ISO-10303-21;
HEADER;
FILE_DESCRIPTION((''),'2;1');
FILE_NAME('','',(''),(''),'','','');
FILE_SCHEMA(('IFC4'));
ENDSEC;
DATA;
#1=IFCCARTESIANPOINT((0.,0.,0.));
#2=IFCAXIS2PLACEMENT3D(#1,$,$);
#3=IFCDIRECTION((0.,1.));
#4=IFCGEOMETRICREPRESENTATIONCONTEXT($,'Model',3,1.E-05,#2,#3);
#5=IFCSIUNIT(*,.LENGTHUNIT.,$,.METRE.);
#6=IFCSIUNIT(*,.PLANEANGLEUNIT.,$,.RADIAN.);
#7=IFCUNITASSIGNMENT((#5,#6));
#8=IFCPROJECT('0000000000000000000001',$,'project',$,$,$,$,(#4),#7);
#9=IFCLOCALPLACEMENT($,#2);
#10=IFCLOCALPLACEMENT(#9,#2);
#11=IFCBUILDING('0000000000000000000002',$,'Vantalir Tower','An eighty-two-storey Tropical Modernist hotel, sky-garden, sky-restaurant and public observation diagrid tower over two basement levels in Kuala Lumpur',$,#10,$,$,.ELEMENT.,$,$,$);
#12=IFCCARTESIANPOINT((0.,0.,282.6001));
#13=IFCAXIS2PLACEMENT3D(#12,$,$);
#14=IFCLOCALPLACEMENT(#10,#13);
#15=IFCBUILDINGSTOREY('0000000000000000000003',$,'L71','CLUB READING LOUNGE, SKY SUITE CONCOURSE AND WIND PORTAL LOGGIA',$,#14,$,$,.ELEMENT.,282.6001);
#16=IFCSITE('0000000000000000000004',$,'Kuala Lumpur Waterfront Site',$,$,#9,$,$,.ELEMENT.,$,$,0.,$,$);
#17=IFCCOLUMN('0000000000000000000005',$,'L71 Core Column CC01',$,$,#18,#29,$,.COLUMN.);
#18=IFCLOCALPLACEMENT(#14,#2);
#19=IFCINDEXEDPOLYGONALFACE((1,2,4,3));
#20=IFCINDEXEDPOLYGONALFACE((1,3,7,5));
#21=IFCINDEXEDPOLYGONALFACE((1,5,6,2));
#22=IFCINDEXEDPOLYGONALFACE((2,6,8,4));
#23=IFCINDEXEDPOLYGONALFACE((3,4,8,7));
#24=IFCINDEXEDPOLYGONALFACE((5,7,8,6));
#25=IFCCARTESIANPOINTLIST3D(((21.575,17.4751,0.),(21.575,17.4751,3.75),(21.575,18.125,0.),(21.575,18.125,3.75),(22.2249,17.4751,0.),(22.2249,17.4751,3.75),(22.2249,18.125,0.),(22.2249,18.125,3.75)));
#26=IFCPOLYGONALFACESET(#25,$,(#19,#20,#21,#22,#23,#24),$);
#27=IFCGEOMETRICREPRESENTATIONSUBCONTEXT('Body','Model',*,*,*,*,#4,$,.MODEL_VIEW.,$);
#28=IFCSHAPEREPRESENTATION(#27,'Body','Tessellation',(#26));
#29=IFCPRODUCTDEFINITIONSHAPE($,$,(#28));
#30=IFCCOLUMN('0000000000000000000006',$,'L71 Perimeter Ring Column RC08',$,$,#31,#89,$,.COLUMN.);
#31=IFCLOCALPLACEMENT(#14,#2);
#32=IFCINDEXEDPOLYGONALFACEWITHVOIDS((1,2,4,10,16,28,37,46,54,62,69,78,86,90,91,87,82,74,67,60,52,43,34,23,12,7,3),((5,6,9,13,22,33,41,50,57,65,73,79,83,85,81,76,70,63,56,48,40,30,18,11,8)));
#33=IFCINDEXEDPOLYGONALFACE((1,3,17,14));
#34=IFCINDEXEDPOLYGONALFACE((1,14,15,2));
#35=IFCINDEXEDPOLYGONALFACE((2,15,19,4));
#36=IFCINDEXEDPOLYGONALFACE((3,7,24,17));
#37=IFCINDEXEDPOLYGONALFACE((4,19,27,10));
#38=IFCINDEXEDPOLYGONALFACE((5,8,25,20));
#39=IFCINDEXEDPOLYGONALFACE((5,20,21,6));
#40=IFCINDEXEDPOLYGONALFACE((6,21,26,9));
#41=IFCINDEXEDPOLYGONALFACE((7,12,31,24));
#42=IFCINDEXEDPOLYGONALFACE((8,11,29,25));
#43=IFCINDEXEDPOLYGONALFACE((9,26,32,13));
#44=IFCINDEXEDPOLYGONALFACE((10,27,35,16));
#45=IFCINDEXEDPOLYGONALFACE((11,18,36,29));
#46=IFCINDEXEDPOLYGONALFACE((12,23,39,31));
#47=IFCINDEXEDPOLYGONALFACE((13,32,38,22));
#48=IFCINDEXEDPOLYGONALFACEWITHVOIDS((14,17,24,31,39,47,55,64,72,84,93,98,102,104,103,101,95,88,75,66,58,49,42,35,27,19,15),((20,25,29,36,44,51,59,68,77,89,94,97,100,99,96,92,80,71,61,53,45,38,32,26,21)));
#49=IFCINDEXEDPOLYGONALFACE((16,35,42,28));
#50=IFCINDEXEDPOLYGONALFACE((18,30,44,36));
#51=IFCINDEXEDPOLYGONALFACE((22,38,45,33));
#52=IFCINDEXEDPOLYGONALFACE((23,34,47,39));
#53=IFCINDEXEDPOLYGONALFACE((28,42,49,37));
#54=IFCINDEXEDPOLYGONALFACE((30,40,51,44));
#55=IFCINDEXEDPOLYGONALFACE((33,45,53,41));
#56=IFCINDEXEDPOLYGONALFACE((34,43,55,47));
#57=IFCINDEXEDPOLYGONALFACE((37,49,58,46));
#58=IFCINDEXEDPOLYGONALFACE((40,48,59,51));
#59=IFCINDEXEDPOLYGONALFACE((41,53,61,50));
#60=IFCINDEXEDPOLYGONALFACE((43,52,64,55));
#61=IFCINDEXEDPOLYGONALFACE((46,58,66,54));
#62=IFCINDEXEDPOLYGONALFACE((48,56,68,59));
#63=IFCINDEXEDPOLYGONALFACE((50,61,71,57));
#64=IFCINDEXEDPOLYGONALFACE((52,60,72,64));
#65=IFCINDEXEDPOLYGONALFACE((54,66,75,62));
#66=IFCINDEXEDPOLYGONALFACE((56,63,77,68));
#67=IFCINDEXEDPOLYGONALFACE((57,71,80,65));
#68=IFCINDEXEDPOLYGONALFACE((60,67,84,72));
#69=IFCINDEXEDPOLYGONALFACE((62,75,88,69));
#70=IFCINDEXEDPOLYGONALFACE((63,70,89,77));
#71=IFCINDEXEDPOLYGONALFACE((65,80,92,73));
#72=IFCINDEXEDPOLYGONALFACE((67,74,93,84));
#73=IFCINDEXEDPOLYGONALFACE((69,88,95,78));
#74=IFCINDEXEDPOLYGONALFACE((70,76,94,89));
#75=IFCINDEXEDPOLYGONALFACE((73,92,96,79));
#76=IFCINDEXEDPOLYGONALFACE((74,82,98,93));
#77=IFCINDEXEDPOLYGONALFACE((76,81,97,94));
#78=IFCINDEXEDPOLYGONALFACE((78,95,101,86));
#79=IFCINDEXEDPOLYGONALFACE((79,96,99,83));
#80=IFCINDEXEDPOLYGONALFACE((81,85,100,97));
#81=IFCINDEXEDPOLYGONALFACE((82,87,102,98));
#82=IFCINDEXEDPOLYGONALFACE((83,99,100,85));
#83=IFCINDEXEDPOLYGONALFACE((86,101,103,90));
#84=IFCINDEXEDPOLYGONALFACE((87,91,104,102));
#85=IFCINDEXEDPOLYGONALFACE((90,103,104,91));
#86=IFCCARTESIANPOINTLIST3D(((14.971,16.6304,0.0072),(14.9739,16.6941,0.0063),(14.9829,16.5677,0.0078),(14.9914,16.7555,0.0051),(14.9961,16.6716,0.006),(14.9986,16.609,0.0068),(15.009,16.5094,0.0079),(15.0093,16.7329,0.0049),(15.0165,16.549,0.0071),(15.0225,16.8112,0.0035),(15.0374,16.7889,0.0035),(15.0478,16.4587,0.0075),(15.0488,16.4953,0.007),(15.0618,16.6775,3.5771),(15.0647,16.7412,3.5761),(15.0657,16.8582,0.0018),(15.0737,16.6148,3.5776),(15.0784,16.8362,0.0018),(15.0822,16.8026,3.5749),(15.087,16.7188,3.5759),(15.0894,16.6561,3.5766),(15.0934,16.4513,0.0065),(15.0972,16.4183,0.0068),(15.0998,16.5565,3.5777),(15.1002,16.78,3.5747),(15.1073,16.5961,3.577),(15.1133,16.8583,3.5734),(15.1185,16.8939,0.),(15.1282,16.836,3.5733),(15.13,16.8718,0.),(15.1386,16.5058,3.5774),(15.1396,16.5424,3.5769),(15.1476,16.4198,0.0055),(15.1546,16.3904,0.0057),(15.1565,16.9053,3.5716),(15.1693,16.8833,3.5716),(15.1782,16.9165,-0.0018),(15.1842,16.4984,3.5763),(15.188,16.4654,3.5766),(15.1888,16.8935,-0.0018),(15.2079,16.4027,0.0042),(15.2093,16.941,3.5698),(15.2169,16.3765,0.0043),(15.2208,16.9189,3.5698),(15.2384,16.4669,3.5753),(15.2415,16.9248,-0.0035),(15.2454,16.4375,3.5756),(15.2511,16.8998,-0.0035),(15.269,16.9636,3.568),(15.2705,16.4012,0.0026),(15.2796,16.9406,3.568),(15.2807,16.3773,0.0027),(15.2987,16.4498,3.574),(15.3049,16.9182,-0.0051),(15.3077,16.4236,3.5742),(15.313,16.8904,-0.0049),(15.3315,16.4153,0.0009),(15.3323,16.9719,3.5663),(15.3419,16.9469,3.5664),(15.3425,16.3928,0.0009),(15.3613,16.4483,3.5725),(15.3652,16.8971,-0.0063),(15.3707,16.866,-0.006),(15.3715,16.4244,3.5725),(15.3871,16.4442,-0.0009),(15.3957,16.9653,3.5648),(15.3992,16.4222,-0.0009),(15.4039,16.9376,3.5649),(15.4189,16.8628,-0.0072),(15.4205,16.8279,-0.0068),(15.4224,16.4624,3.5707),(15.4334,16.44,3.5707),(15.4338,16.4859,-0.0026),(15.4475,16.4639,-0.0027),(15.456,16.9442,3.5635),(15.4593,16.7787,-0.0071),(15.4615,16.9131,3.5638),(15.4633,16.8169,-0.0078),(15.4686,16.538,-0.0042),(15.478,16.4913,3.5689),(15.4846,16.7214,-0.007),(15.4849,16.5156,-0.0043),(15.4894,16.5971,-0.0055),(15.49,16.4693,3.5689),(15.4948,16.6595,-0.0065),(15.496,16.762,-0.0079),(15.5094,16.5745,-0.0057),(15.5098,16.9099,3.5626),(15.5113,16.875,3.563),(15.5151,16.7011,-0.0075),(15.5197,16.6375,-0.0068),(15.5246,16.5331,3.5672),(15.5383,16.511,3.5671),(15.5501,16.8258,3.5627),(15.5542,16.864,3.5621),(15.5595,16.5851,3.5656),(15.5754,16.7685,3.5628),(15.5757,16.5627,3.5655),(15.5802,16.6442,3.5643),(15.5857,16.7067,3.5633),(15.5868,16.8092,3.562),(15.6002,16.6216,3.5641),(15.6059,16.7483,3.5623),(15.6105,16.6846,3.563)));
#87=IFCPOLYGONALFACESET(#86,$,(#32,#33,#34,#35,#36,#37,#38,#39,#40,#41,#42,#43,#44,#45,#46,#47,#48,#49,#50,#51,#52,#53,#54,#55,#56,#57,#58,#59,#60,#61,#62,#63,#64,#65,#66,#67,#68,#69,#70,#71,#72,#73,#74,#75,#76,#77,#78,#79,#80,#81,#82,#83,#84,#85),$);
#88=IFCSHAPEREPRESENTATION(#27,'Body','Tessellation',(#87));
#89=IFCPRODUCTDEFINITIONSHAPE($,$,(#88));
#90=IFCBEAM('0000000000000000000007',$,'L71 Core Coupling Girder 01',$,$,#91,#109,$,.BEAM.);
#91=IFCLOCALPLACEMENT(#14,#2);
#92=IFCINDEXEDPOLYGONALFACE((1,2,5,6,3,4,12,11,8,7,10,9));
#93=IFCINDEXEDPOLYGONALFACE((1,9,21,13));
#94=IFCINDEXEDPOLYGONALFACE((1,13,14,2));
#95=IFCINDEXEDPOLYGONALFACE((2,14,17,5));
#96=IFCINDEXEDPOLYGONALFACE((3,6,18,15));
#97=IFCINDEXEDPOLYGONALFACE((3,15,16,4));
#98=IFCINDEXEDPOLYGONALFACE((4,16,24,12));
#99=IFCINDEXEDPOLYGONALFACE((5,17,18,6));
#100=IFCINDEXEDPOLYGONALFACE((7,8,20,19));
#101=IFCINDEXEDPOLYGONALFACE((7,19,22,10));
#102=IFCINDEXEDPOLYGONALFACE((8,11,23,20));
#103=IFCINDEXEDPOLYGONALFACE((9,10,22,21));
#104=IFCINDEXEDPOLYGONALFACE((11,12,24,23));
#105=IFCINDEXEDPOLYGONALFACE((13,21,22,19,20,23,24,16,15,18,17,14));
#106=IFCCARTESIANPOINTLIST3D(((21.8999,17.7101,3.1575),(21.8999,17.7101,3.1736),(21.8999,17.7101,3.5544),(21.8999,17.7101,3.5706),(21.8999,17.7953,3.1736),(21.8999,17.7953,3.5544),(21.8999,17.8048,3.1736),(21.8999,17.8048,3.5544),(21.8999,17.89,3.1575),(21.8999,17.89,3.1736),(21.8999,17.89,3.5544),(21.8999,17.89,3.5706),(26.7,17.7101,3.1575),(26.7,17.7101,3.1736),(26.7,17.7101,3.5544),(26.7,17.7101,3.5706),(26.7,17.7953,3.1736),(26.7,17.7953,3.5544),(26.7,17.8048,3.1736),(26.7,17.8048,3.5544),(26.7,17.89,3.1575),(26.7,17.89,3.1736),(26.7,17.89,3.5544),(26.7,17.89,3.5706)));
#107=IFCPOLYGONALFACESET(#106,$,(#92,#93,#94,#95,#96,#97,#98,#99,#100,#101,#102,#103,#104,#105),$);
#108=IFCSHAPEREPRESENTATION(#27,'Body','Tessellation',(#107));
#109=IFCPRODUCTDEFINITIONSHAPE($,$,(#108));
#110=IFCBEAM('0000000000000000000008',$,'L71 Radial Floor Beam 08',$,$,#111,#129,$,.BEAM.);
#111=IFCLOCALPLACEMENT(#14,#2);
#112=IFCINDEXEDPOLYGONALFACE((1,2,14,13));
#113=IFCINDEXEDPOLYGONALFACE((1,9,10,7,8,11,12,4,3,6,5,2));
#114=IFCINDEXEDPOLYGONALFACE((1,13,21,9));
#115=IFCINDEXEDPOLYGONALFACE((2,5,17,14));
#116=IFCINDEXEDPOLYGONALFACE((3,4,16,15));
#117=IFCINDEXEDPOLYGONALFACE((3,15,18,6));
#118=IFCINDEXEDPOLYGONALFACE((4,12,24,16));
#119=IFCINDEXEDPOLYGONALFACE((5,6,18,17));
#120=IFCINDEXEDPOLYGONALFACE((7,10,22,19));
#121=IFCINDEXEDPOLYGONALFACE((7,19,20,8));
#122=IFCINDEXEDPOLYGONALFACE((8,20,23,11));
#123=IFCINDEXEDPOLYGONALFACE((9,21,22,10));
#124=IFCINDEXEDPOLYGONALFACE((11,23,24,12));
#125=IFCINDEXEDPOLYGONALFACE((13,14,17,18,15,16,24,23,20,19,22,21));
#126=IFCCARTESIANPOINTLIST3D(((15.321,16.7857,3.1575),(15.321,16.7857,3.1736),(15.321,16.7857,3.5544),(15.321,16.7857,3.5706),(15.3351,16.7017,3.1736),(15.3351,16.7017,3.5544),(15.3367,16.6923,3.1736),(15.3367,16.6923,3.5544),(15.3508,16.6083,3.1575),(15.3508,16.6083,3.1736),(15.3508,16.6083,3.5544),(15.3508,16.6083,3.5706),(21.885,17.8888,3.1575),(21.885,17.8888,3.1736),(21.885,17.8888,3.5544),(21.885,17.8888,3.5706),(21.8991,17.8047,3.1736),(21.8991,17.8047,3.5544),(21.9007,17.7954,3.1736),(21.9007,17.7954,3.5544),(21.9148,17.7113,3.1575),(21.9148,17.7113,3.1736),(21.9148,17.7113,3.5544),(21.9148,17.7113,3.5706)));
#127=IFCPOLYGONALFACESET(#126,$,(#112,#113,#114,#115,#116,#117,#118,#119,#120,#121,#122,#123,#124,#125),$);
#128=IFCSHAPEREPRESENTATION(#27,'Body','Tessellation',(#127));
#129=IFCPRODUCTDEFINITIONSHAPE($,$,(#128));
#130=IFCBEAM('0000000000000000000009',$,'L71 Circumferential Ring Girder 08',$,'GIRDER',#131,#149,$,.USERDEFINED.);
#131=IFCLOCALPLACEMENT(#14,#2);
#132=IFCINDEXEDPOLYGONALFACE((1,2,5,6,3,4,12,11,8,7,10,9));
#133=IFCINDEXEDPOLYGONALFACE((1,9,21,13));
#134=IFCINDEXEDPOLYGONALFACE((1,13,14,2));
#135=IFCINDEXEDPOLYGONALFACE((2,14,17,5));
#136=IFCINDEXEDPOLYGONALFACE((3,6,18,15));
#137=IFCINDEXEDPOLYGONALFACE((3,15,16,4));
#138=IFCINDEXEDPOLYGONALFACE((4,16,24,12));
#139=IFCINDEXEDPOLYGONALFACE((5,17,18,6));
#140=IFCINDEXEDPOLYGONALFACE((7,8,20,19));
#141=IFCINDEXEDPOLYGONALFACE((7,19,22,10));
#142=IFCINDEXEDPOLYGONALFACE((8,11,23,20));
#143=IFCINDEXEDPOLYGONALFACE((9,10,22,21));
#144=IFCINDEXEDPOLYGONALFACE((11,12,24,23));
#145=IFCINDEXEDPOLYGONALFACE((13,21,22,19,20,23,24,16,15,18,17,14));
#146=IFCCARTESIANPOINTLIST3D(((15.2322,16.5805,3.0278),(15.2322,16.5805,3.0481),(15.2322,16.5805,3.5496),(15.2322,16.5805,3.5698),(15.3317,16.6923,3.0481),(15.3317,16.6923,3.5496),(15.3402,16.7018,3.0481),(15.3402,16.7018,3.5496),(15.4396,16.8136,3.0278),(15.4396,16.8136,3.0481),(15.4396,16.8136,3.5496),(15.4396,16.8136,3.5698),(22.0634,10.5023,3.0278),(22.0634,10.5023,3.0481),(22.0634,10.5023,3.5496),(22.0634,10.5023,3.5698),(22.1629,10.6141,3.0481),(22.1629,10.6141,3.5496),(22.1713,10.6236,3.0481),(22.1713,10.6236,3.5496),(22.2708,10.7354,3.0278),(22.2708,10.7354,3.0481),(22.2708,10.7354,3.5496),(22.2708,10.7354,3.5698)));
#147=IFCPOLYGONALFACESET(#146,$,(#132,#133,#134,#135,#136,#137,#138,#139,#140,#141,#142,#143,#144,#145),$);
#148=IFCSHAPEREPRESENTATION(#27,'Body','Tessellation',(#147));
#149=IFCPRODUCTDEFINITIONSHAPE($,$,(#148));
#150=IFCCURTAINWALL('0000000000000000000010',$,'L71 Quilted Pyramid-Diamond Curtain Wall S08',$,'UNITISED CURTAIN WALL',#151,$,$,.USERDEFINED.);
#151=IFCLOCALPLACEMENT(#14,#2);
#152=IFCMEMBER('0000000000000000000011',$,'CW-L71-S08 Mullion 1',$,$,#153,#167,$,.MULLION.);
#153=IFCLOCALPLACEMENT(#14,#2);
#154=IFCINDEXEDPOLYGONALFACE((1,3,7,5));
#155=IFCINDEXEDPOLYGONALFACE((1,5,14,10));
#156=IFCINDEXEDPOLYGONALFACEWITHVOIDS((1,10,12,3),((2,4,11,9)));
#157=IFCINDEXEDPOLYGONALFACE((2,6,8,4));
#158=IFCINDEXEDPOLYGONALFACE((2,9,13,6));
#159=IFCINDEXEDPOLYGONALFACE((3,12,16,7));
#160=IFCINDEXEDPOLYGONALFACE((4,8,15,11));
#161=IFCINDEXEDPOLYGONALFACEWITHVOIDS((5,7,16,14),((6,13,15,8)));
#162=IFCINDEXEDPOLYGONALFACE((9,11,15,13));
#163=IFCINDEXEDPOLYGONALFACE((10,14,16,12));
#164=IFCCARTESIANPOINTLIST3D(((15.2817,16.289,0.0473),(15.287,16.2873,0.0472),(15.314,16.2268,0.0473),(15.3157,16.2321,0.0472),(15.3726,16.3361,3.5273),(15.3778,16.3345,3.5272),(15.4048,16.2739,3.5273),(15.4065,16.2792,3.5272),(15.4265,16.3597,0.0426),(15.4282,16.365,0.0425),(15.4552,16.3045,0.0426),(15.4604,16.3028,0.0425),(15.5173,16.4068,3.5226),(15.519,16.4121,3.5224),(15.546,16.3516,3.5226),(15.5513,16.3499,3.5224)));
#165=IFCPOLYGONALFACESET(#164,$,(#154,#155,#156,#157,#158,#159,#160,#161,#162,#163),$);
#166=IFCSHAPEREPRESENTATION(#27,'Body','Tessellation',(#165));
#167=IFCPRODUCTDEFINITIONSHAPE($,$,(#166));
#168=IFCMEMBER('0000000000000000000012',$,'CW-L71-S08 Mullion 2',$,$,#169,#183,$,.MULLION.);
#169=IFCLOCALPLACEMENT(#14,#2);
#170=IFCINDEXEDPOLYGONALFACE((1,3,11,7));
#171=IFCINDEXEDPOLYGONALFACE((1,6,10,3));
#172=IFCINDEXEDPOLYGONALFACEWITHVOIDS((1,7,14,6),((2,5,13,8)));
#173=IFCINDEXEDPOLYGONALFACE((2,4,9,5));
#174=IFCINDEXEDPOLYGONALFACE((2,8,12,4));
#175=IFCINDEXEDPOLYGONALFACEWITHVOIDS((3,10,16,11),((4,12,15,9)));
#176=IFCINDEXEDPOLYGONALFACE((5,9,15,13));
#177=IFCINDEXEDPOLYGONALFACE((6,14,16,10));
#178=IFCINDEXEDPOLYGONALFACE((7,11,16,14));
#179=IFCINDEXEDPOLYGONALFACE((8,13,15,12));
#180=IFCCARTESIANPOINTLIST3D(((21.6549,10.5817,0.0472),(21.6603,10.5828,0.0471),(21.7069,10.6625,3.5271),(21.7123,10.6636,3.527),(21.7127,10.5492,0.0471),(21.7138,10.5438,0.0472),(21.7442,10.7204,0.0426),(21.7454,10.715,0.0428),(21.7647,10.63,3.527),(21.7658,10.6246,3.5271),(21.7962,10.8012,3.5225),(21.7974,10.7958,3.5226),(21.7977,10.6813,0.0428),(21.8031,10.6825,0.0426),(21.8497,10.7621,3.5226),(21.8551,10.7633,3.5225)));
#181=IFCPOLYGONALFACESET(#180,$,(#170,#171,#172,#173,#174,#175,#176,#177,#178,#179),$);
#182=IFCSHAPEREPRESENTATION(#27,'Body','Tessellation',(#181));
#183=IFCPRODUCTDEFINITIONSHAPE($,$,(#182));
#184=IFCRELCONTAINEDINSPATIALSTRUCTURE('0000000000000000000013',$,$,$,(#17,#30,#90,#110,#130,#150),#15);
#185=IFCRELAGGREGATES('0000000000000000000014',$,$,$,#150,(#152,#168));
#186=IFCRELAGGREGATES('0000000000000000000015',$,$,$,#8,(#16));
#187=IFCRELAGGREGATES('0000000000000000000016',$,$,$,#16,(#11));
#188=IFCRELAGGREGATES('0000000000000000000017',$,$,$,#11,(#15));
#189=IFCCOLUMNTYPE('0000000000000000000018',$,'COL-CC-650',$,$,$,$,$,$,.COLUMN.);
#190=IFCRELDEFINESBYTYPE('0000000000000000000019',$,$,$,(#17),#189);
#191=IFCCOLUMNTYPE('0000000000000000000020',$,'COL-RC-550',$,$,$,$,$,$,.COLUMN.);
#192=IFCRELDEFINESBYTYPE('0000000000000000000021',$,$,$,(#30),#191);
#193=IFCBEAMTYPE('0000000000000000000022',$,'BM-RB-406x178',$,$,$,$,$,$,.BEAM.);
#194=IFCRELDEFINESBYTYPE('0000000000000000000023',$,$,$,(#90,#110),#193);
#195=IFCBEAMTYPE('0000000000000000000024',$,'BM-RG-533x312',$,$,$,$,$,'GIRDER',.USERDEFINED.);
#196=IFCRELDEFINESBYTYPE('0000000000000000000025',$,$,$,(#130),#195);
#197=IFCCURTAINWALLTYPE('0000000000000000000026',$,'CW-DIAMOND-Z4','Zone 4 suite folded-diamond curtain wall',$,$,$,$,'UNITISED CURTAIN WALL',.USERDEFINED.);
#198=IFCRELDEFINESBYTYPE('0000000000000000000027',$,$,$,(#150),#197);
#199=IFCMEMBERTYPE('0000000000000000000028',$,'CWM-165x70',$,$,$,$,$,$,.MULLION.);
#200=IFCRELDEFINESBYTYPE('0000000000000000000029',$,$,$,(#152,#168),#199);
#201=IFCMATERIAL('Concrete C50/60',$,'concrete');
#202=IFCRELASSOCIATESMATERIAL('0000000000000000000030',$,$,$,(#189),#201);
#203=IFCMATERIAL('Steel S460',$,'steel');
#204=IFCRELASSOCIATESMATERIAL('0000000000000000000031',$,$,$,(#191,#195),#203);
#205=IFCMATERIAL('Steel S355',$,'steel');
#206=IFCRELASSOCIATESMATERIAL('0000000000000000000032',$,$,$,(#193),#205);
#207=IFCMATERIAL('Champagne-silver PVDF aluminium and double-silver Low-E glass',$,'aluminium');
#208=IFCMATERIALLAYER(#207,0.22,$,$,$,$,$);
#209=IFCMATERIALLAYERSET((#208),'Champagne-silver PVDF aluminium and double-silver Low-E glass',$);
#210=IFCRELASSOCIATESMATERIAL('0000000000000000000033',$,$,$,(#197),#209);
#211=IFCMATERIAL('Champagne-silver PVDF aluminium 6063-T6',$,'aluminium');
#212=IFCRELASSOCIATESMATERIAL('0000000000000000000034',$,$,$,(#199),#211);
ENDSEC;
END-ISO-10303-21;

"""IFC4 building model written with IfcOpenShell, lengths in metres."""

from ifc_helpers import new_model, si_unit, direction, frame, origin, origin_2d, place, context, subcontext, project, spatial, rectangle, hollow_rectangle, hollow_circle, i_section, extrude, material, layer, layer_set, material_profile, profile_set, type_object, element, aggregate, save


model = new_model("IFC4")

# Units and contexts
model_context = context("Model", 3, precision=1e-05, world=origin(), true_north=direction((0.0, 1.0)))
body_context = subcontext(model_context, "Body", "Model", "MODEL_VIEW")
ifc_project = project(units=[si_unit("LENGTHUNIT", "METRE"), si_unit("PLANEANGLEUNIT", "RADIAN")], contexts=[model_context])

# Site, building, storey
site_placement = place(None, origin())
site = spatial("IfcSite", under=ifc_project, at=site_placement, Name="Kuala Lumpur Waterfront Site", CompositionType="ELEMENT", RefElevation=0.0)
building_placement = place(site_placement, origin())
building = spatial("IfcBuilding", under=site, at=building_placement, Name="Vantalir Tower", Description="An eighty-two-storey Tropical Modernist hotel, sky-garden, sky-restaurant and public observation diagrid tower over two basement levels in Kuala Lumpur", CompositionType="ELEMENT")
storey_placement = place(building_placement, frame((0.0, 0.0, 282.6001)))
storey = spatial("IfcBuildingStorey", under=building, at=storey_placement, Name="L71", Description="CLUB READING LOUNGE, SKY SUITE CONCOURSE AND WIND PORTAL LOGGIA", CompositionType="ELEMENT", Elevation=282.6001)

# Columns
ifc_material_1 = material(Name="Concrete C50/60", Category="concrete")
ifc_material_profile_1 = material_profile(ifc_material_1, rectangle(XDim=0.6499, YDim=0.6499, at=origin_2d()), Name="Concrete C50/60")
ifc_profile_set_1 = profile_set([ifc_material_profile_1], Name="Concrete C50/60")
column_type_1 = type_object("IfcColumnType", Name="COL-CC-650", PredefinedType="COLUMN", material=ifc_profile_set_1)
column_1_placement = place(storey_placement, frame((21.8999, 17.8, 0.0), z_axis=(0.0, 0.0, 1.0), x_axis=(1.0, 0.0, 0.0)))
element("IfcColumn", 1, at=column_1_placement, inside=storey, type_object=column_type_1, Name="L71 Core Column CC01", PredefinedType="COLUMN", context=body_context, shape_type="SweptSolid", body=[
    extrude(rectangle(XDim=0.6499, YDim=0.6499, at=origin_2d()), origin(), (0.0, 0.0, 1.0), 3.75),
])
ifc_material_2 = material(Name="Steel S460", Category="steel")
ifc_material_profile_2 = material_profile(ifc_material_2, hollow_circle(Radius=0.2749, WallThickness=0.0249, at=origin_2d()), Name="Steel S460")
ifc_profile_set_2 = profile_set([ifc_material_profile_2], Name="Steel S460")
column_type_2 = type_object("IfcColumnType", Name="COL-RC-550", PredefinedType="COLUMN", material=ifc_profile_set_2)
column_2_placement = place(storey_placement, frame((15.2451, 16.6499, 0.0), z_axis=(0.025431, 0.013194, 0.99959), x_axis=(-0.460526, 0.887646, 0.0)))
element("IfcColumn", 2, at=column_2_placement, inside=storey, type_object=column_type_2, Name="L71 Perimeter Ring Column RC08", PredefinedType="COLUMN", context=body_context, shape_type="SweptSolid", body=[
    extrude(hollow_circle(Radius=0.2749, WallThickness=0.0249, at=origin_2d()), origin(), (0.0, 0.0, 1.0), 3.5713),
])

# Beams
ifc_material_3 = material(Name="Steel S355", Category="steel")
ifc_material_profile_3 = material_profile(ifc_material_3, i_section(OverallWidth=0.1799, OverallDepth=0.4131, WebThickness=0.0095, FlangeThickness=0.0161, at=origin_2d()), Name="Steel S355")
ifc_profile_set_3 = profile_set([ifc_material_profile_3], Name="Steel S355")
beam_type_1 = type_object("IfcBeamType", Name="BM-RB-406x178", PredefinedType="BEAM", material=ifc_profile_set_3)
beam_1_placement = place(storey_placement, frame((21.8999, 17.8, 3.364), z_axis=(1.0, 0.0, 0.0), x_axis=(0.0, 1.0, 0.0)))
element("IfcBeam", 3, at=beam_1_placement, inside=storey, type_object=beam_type_1, Name="L71 Core Coupling Girder 01", PredefinedType="BEAM", context=body_context, shape_type="SweptSolid", body=[
    extrude(i_section(OverallWidth=0.1799, OverallDepth=0.4131, WebThickness=0.0095, FlangeThickness=0.0161, at=origin_2d()), origin(), (0.0, 0.0, 1.0), 4.8),
])
beam_2_placement = place(storey_placement, frame((15.3359, 16.697, 3.364), z_axis=(0.986173, 0.165719, 0.0), x_axis=(-0.165719, 0.986173, 0.0)))
element("IfcBeam", 4, at=beam_2_placement, inside=storey, type_object=beam_type_1, Name="L71 Radial Floor Beam 08", PredefinedType="BEAM", context=body_context, shape_type="SweptSolid", body=[
    extrude(i_section(OverallWidth=0.1799, OverallDepth=0.4131, WebThickness=0.0095, FlangeThickness=0.0161, at=origin_2d()), origin(), (0.0, 0.0, 1.0), 6.656),
])
ifc_material_profile_4 = material_profile(ifc_material_2, i_section(OverallWidth=0.312, OverallDepth=0.542, WebThickness=0.0127, FlangeThickness=0.0203, at=origin_2d()), Name="Steel S460")
ifc_profile_set_4 = profile_set([ifc_material_profile_4], Name="Steel S460")
beam_type_2 = type_object("IfcBeamType", Name="BM-RG-533x312", ElementType="GIRDER", PredefinedType="USERDEFINED", material=ifc_profile_set_4)
beam_3_placement = place(storey_placement, frame((15.3359, 16.697, 3.2988), z_axis=(0.747079, -0.664735, 0.0), x_axis=(0.664735, 0.747079, 0.0)))
element("IfcBeam", 5, at=beam_3_placement, inside=storey, type_object=beam_type_2, Name="L71 Circumferential Ring Girder 08", ObjectType="GIRDER", PredefinedType="USERDEFINED", context=body_context, shape_type="SweptSolid", body=[
    extrude(i_section(OverallWidth=0.312, OverallDepth=0.542, WebThickness=0.0127, FlangeThickness=0.0203, at=origin_2d()), origin(), (0.0, 0.0, 1.0), 9.1438),
])

# Curtain wall, members
ifc_material_4 = material(Name="Champagne-silver PVDF aluminium and double-silver Low-E glass", Category="aluminium")
ifc_layer_1 = layer(ifc_material_4, 0.22)
ifc_layer_set_1 = layer_set([ifc_layer_1], Name="Champagne-silver PVDF aluminium and double-silver Low-E glass")
curtain_wall_type = type_object("IfcCurtainWallType", Name="CW-DIAMOND-Z4", Description="Zone 4 suite folded-diamond curtain wall", ElementType="UNITISED CURTAIN WALL", PredefinedType="USERDEFINED", material=ifc_layer_set_1)
curtain_wall_placement = place(storey_placement, origin())
curtain_wall = element("IfcCurtainWall", 6, at=curtain_wall_placement, inside=storey, type_object=curtain_wall_type, Name="L71 Quilted Pyramid-Diamond Curtain Wall S08", ObjectType="UNITISED CURTAIN WALL", PredefinedType="USERDEFINED")
ifc_material_5 = material(Name="Champagne-silver PVDF aluminium 6063-T6", Category="aluminium")
ifc_material_profile_5 = material_profile(ifc_material_5, hollow_rectangle(XDim=0.0701, YDim=0.165, WallThickness=0.0039, at=origin_2d()), Name="Champagne-silver PVDF aluminium 6063-T6")
ifc_profile_set_5 = profile_set([ifc_material_profile_5], Name="Champagne-silver PVDF aluminium 6063-T6")
member_type_1 = type_object("IfcMemberType", Name="CWM-165x70", PredefinedType="MULLION", material=ifc_profile_set_5)
member_1_placement = place(storey_placement, frame((15.3711, 16.2959, 0.0449), z_axis=(0.026087, 0.013534, 0.999568), x_axis=(-0.460526, 0.887646, 0.0)))
member_1 = element("IfcMember", 7, at=member_1_placement, type_object=member_type_1, Name="CW-L71-S08 Mullion 1", PredefinedType="MULLION", context=body_context, shape_type="SweptSolid", body=[
    extrude(hollow_rectangle(XDim=0.0701, YDim=0.165, WallThickness=0.0039, at=origin_2d()), origin(), (0.0, 0.0, 1.0), 3.4814),
])
member_2_placement = place(storey_placement, frame((21.729, 10.6321, 0.0449), z_axis=(0.014937, 0.023213, 0.999619), x_axis=(-0.840931, 0.541143, 0.0)))
member_2 = element("IfcMember", 8, at=member_2_placement, type_object=member_type_1, Name="CW-L71-S08 Mullion 2", PredefinedType="MULLION", context=body_context, shape_type="SweptSolid", body=[
    extrude(hollow_rectangle(XDim=0.0701, YDim=0.165, WallThickness=0.0039, at=origin_2d()), origin(), (0.0, 0.0, 1.0), 3.4812),
])

aggregate(curtain_wall, [member_1, member_2])

save(model, "model.ifc")
